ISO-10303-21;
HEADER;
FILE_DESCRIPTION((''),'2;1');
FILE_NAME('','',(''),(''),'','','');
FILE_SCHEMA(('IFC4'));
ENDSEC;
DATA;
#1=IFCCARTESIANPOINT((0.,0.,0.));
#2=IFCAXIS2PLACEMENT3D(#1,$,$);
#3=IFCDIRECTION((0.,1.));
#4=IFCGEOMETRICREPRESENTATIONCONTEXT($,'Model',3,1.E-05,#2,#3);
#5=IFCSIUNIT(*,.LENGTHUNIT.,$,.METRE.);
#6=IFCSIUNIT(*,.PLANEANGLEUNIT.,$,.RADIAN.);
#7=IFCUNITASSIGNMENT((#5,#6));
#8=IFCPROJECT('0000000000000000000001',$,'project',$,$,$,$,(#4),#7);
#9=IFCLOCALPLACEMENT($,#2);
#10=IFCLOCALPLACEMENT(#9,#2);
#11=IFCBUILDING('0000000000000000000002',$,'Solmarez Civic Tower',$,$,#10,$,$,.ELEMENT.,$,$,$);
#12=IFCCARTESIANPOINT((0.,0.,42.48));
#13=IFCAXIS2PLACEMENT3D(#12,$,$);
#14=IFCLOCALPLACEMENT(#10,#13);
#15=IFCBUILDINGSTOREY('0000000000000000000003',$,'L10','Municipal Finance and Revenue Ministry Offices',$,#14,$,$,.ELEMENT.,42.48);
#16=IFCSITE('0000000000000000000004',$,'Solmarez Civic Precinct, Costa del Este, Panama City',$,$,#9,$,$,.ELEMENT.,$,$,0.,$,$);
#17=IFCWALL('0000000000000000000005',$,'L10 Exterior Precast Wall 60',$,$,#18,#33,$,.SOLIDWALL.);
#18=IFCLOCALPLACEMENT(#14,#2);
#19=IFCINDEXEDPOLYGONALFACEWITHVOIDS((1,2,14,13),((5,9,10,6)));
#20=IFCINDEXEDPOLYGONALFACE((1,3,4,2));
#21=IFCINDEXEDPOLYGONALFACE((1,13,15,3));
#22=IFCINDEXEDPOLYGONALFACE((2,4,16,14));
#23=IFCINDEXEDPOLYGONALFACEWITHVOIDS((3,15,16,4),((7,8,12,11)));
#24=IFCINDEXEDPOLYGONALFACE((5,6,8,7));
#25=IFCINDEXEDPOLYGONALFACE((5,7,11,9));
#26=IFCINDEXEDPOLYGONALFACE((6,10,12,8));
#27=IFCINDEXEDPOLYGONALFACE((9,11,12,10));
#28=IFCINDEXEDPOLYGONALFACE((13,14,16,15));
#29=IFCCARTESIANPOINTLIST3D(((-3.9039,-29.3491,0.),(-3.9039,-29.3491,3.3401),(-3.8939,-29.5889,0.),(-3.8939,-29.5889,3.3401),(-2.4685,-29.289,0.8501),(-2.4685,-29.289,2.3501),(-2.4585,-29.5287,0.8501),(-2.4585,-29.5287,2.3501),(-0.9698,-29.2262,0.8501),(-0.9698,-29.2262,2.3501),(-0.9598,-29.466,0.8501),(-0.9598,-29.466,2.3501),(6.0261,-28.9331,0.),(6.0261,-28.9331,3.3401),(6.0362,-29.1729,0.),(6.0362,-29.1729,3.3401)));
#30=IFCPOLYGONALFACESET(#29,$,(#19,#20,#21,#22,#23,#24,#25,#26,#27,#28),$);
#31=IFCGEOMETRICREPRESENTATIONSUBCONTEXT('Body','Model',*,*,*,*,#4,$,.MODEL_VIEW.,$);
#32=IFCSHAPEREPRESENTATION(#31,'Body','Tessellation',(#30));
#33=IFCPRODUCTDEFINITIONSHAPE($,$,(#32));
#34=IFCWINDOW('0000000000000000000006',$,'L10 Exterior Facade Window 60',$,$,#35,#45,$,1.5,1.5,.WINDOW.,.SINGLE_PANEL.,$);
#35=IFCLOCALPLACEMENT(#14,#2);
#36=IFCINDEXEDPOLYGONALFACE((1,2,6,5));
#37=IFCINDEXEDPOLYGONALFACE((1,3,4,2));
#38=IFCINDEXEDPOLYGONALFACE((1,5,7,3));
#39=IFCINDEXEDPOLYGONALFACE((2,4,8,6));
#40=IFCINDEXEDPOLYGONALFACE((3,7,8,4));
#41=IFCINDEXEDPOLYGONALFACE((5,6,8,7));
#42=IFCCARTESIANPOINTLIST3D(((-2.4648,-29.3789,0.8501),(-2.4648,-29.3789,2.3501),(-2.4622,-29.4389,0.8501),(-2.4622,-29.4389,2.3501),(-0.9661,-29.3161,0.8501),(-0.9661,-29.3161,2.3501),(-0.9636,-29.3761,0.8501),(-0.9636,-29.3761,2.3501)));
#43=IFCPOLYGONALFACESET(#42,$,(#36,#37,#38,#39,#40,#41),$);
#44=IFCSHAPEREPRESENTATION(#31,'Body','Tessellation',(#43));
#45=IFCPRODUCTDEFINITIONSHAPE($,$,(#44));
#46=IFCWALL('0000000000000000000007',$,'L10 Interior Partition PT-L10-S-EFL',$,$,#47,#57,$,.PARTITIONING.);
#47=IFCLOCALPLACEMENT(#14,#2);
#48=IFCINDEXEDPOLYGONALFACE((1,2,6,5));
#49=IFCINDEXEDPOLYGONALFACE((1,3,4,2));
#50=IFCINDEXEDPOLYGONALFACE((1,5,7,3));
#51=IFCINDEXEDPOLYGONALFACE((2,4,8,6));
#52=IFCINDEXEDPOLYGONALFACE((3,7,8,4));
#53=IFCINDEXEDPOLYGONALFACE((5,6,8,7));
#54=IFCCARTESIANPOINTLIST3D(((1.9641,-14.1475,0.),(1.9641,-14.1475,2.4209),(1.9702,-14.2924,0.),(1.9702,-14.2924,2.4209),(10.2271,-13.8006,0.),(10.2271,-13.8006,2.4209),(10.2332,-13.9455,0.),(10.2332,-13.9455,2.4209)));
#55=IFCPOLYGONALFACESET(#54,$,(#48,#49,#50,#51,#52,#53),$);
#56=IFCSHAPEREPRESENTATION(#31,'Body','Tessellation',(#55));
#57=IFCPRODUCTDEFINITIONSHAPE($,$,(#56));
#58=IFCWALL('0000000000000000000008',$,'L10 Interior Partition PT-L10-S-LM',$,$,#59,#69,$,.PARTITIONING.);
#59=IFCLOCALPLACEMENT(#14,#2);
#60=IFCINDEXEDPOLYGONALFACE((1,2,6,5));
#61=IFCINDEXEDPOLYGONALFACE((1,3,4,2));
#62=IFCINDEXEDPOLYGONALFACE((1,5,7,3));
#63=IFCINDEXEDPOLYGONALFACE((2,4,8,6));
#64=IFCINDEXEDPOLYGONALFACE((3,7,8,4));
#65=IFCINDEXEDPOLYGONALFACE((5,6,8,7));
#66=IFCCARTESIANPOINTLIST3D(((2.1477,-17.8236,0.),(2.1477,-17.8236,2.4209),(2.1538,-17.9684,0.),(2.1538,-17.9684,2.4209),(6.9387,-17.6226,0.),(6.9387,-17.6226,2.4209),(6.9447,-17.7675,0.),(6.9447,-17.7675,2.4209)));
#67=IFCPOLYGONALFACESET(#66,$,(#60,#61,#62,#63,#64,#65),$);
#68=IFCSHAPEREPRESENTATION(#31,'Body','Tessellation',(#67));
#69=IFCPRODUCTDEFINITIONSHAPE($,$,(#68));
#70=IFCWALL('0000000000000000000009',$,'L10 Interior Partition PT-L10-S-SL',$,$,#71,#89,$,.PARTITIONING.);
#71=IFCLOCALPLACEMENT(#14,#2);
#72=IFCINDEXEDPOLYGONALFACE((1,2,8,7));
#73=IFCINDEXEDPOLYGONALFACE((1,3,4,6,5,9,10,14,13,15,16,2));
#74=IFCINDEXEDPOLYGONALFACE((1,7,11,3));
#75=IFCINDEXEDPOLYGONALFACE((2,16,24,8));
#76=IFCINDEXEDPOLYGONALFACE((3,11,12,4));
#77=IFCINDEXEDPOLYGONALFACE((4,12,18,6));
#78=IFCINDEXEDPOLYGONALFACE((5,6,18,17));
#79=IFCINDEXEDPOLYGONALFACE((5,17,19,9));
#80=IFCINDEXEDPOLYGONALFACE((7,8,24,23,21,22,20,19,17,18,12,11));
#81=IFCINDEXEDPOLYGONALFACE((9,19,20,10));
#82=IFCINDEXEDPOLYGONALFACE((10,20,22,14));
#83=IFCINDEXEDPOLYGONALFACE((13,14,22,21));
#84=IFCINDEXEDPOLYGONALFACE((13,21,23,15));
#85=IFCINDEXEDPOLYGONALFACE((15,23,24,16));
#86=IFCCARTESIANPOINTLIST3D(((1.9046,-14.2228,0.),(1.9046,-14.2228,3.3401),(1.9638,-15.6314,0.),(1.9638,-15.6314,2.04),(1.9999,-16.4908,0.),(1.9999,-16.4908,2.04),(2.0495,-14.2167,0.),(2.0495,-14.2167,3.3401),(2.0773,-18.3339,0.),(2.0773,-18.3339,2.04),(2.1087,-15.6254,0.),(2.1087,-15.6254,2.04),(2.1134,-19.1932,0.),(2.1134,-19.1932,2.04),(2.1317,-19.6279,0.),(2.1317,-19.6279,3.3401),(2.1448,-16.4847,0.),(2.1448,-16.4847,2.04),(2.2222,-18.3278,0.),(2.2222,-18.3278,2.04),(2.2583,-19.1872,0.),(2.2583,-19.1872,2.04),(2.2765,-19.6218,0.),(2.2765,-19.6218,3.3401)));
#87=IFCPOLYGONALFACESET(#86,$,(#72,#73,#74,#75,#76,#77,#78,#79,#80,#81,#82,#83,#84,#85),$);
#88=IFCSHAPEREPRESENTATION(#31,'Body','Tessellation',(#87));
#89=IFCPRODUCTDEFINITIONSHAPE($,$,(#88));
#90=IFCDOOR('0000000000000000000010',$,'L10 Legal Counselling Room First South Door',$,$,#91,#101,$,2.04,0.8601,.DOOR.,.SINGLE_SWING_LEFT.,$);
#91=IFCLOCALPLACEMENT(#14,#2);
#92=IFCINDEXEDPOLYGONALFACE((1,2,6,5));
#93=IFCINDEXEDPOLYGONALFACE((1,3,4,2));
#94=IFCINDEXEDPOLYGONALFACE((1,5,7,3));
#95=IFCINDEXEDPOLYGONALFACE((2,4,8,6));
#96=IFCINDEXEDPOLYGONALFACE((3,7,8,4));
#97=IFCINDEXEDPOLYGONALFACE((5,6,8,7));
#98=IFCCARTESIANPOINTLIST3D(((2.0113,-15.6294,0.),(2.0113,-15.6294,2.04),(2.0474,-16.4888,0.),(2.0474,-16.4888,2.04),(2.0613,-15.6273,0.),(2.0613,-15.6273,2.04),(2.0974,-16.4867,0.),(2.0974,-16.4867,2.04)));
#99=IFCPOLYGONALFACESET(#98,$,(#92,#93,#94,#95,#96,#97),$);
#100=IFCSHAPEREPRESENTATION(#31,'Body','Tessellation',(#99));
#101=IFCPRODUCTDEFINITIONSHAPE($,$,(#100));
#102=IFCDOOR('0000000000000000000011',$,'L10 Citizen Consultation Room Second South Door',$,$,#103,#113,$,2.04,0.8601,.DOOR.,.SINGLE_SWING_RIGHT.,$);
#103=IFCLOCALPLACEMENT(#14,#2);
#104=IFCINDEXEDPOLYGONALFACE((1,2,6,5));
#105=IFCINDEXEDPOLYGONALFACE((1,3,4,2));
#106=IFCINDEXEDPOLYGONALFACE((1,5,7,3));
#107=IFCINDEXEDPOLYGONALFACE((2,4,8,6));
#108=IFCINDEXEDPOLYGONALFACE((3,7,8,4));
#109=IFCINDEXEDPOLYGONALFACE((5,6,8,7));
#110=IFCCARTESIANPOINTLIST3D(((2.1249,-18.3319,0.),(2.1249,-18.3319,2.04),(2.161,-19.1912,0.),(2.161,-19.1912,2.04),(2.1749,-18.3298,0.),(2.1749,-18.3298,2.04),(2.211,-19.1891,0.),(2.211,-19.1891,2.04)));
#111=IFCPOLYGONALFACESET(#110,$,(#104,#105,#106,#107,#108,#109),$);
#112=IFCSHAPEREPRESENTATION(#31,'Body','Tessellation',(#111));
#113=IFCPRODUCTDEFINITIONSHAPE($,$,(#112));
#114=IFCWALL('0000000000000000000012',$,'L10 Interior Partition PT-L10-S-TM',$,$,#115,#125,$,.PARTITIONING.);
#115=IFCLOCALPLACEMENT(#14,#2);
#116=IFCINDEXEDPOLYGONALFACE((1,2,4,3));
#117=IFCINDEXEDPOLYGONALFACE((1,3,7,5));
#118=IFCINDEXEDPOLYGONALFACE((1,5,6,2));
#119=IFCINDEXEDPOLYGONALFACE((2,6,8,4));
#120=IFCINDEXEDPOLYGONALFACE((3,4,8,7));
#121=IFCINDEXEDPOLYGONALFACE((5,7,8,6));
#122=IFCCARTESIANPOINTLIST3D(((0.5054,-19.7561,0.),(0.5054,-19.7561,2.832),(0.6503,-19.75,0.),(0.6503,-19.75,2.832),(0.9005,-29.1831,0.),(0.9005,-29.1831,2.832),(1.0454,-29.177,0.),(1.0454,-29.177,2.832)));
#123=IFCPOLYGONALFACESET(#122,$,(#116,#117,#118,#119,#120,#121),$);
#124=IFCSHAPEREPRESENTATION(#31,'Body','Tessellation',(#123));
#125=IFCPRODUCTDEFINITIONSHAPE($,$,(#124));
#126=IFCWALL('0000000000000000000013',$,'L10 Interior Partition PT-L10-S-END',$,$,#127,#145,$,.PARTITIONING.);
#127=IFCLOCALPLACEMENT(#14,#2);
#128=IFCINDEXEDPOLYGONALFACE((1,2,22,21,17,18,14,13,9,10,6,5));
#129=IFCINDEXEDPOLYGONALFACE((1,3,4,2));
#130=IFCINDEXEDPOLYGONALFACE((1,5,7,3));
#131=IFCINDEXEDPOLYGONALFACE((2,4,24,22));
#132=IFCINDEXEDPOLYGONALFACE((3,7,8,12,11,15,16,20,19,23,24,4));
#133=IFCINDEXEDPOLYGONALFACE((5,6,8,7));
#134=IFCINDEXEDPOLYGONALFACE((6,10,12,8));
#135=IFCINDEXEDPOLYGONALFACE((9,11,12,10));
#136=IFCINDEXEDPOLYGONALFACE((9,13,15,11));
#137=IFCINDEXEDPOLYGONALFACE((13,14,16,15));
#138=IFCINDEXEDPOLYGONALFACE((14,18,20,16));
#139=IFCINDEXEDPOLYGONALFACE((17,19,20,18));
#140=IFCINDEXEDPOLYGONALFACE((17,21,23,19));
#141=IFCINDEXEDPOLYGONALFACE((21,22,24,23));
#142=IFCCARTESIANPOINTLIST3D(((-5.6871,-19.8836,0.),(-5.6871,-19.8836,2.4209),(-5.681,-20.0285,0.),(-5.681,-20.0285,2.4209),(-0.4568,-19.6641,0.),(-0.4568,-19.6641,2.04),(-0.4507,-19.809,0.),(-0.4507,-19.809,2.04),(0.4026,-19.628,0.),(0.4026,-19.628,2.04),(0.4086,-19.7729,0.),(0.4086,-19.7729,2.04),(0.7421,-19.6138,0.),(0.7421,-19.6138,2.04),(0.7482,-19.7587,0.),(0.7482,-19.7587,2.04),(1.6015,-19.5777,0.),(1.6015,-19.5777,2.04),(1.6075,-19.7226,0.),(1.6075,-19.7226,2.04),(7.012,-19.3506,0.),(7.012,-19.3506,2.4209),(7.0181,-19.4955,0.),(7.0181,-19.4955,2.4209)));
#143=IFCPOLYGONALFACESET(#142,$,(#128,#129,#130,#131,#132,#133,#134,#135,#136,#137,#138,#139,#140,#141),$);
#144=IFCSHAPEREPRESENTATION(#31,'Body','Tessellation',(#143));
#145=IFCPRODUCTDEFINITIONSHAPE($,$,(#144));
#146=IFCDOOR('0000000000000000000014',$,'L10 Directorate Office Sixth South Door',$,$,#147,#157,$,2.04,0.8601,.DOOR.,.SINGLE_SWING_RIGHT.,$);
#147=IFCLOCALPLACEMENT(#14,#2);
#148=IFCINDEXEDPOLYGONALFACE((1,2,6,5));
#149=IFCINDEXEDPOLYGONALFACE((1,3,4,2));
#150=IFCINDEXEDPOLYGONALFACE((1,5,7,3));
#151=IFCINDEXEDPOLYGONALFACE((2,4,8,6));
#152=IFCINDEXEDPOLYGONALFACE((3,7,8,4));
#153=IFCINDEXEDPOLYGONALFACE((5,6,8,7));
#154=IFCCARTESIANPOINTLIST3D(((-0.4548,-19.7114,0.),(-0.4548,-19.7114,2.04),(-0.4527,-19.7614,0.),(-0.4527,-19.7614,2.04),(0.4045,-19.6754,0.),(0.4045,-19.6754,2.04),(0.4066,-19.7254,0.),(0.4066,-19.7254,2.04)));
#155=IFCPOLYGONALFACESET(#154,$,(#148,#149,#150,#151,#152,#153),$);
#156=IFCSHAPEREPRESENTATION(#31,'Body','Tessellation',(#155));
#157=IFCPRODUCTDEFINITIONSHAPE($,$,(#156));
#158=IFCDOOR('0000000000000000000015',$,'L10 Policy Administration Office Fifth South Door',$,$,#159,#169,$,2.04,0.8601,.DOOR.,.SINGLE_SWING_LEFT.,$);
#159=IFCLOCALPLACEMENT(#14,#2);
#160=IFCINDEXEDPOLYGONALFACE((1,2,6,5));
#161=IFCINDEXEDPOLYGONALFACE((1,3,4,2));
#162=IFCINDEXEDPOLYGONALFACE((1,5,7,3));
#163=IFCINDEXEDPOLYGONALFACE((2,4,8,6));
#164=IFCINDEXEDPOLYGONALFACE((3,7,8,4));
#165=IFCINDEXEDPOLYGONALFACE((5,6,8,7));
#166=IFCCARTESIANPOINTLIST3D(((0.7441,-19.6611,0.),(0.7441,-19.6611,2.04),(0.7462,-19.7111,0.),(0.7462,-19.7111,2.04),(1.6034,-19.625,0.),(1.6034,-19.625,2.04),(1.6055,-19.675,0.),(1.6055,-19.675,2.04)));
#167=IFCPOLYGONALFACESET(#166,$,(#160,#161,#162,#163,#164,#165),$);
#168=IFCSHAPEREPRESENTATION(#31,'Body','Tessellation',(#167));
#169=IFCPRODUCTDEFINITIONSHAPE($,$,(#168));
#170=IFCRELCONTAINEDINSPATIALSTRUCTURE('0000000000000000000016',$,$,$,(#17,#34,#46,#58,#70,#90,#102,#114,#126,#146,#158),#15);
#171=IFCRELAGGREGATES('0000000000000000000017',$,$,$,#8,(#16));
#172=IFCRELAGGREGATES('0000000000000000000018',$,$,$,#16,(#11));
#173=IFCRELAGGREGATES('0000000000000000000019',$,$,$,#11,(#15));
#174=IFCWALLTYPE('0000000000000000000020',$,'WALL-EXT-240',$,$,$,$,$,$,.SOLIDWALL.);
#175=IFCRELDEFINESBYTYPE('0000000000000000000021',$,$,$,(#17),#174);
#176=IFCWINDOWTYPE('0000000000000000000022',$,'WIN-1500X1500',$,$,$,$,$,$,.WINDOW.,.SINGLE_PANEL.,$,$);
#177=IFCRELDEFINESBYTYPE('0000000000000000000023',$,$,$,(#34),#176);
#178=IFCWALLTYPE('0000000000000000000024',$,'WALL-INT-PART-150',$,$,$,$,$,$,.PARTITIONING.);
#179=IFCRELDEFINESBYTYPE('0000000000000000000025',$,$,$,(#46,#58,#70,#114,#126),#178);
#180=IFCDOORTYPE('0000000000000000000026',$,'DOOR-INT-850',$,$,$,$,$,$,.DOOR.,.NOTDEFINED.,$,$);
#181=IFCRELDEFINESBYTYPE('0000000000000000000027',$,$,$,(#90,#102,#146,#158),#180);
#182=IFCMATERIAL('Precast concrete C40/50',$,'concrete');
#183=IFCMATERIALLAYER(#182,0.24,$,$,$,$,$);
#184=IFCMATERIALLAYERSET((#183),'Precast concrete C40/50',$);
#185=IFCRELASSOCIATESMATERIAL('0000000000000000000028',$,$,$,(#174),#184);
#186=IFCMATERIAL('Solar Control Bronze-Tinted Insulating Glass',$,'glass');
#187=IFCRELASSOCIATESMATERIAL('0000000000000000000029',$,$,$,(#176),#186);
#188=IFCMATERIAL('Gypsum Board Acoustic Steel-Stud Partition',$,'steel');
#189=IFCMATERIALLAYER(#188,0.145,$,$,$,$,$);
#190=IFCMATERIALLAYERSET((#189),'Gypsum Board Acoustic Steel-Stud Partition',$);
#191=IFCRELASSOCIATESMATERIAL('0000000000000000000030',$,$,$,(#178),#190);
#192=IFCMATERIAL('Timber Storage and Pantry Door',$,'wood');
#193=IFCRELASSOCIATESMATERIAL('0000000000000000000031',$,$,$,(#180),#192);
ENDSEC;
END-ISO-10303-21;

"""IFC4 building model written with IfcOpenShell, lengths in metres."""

from ifc_helpers import new_model, si_unit, direction, frame, frame_2d, origin, place, context, subcontext, project, spatial, rectangle, extrude, material, layer, layer_set, type_object, element, fill, save


model = new_model("IFC4")

# Units and contexts
model_context = context("Model", 3, precision=1e-05, world=origin(), true_north=direction((0.0, 1.0)))
body_context = subcontext(model_context, "Body", "Model", "MODEL_VIEW")
ifc_project = project(units=[si_unit("LENGTHUNIT", "METRE"), si_unit("PLANEANGLEUNIT", "RADIAN")], contexts=[model_context])

# Site, building, storey
site_placement = place(None, origin())
site = spatial("IfcSite", under=ifc_project, at=site_placement, Name="Solmarez Civic Precinct, Costa del Este, Panama City", CompositionType="ELEMENT", RefElevation=0.0)
building_placement = place(site_placement, origin())
building = spatial("IfcBuilding", under=site, at=building_placement, Name="Solmarez Civic Tower", CompositionType="ELEMENT")
storey_placement = place(building_placement, frame((0.0, 0.0, 42.48)))
storey = spatial("IfcBuildingStorey", under=building, at=storey_placement, Name="L10", Description="Municipal Finance and Revenue Ministry Offices", CompositionType="ELEMENT", Elevation=42.48)

# Shared definitions
ifc_material_1 = material(Name="Precast concrete C40/50", Category="concrete")
ifc_layer_1 = layer(ifc_material_1, 0.24)
ifc_layer_set_1 = layer_set([ifc_layer_1], Name="Precast concrete C40/50")
wall_type_1 = type_object("IfcWallType", Name="WALL-EXT-240", PredefinedType="SOLIDWALL", material=ifc_layer_set_1)
ifc_material_2 = material(Name="Solar Control Bronze-Tinted Insulating Glass", Category="glass")

# Wall, opening, window
wall_1_placement = place(storey_placement, frame((6.031, -29.053, 0.0), z_axis=(0.0, 0.0, 1.0), x_axis=(-0.999124, -0.041858, 0.0)))
wall_1 = element("IfcWall", 1, at=wall_1_placement, inside=storey, type_object=wall_type_1, Name="L10 Exterior Precast Wall 60", PredefinedType="SOLIDWALL", context=body_context, shape_type="SweptSolid", body=[
    extrude(rectangle(XDim=9.9387, YDim=0.24, at=frame_2d((4.9692, 0.0))), origin(), (0.0, 0.0, 1.0), 3.3401),
])
opening_1_placement = place(wall_1_placement, frame((7.002, 0.0, 0.8501)))
opening_1 = element("IfcOpeningElement", 2, at=opening_1_placement, cuts=wall_1, PredefinedType="OPENING", context=body_context, shape_type="SweptSolid", body=[
    extrude(rectangle(XDim=1.5, YDim=1.5, at=frame_2d((0.75, 0.75))), frame((0.0, 0.1299, 0.0), z_axis=(0.0, -1.0, 0.0), x_axis=(1.0, 0.0, 0.0)), (0.0, 0.0, 1.0), 0.26),
])
window_type_1 = type_object("IfcWindowType", Name="WIN-1500X1500", PartitioningType="SINGLE_PANEL", PredefinedType="WINDOW", material=ifc_material_2)
window_1_placement = place(opening_1_placement, origin())
window_1 = element("IfcWindow", 3, at=window_1_placement, inside=storey, type_object=window_type_1, Name="L10 Exterior Facade Window 60", OverallHeight=1.5, OverallWidth=1.5, PartitioningType="SINGLE_PANEL", PredefinedType="WINDOW", context=body_context, shape_type="SweptSolid", body=[
    extrude(rectangle(XDim=1.5, YDim=1.5, at=frame_2d((0.75, 0.75))), frame((0.0, 0.03, 0.0), z_axis=(0.0, -1.0, 0.0), x_axis=(1.0, 0.0, 0.0)), (0.0, 0.0, 1.0), 0.0601),
])
fill(opening_1, window_1)

# Walls
ifc_material_3 = material(Name="Gypsum Board Acoustic Steel-Stud Partition", Category="steel")
ifc_layer_2 = layer(ifc_material_3, 0.145)
ifc_layer_set_2 = layer_set([ifc_layer_2], Name="Gypsum Board Acoustic Steel-Stud Partition")
wall_type_2 = type_object("IfcWallType", Name="WALL-INT-PART-150", PredefinedType="PARTITIONING", material=ifc_layer_set_2)
wall_2_placement = place(storey_placement, frame((1.967, -14.22, 0.0), z_axis=(0.0, 0.0, 1.0), x_axis=(0.99912, 0.041949, 0.0)))
element("IfcWall", 4, at=wall_2_placement, inside=storey, type_object=wall_type_2, Name="L10 Interior Partition PT-L10-S-EFL", PredefinedType="PARTITIONING", context=body_context, shape_type="SweptSolid", body=[
    extrude(rectangle(XDim=8.2703, YDim=0.145, at=frame_2d((4.1353, 0.0))), origin(), (0.0, 0.0, 1.0), 2.4209),
])
wall_3_placement = place(storey_placement, frame((2.1509, -17.896, 0.0), z_axis=(0.0, 0.0, 1.0), x_axis=(0.999122, 0.041902, 0.0)))
element("IfcWall", 5, at=wall_3_placement, inside=storey, type_object=wall_type_2, Name="L10 Interior Partition PT-L10-S-LM", PredefinedType="PARTITIONING", context=body_context, shape_type="SweptSolid", body=[
    extrude(rectangle(XDim=4.7952, YDim=0.145, at=frame_2d((2.3975, 0.0))), origin(), (0.0, 0.0, 1.0), 2.4209),
])

# Wall, openings, doors
wall_4_placement = place(storey_placement, frame((2.2041, -19.625, 0.0), z_axis=(0.0, 0.0, 1.0), x_axis=(-0.04197, 0.999119, 0.0)))
wall_4 = element("IfcWall", 6, at=wall_4_placement, inside=storey, type_object=wall_type_2, Name="L10 Interior Partition PT-L10-S-SL", PredefinedType="PARTITIONING", context=body_context, shape_type="SweptSolid", body=[
    extrude(rectangle(XDim=5.4099, YDim=0.145, at=frame_2d((2.7051, 0.0))), origin(), (0.0, 0.0, 1.0), 3.3401),
])
opening_2_placement = place(wall_4_placement, frame((3.1399, 0.0, 0.0)))
opening_2 = element("IfcOpeningElement", 7, at=opening_2_placement, cuts=wall_4, PredefinedType="OPENING", context=body_context, shape_type="SweptSolid", body=[
    extrude(rectangle(XDim=0.8601, YDim=2.04, at=frame_2d((0.4302, 1.02))), frame((0.0, 0.0825, 0.0), z_axis=(0.0, -1.0, 0.0), x_axis=(1.0, 0.0, 0.0)), (0.0, 0.0, 1.0), 0.165),
])
opening_3_placement = place(wall_4_placement, frame((0.4351, 0.0, 0.0)))
opening_3 = element("IfcOpeningElement", 8, at=opening_3_placement, cuts=wall_4, PredefinedType="OPENING", context=body_context, shape_type="SweptSolid", body=[
    extrude(rectangle(XDim=0.8601, YDim=2.04, at=frame_2d((0.4302, 1.02))), frame((0.0, 0.0825, 0.0), z_axis=(0.0, -1.0, 0.0), x_axis=(1.0, 0.0, 0.0)), (0.0, 0.0, 1.0), 0.165),
])
ifc_material_4 = material(Name="Timber Storage and Pantry Door", Category="wood")
door_type = type_object("IfcDoorType", Name="DOOR-INT-850", OperationType="NOTDEFINED", PredefinedType="DOOR", material=ifc_material_4)
door_1_placement = place(opening_2_placement, origin())
door_1 = element("IfcDoor", 9, at=door_1_placement, inside=storey, type_object=door_type, Name="L10 Legal Counselling Room First South Door", OperationType="SINGLE_SWING_LEFT", OverallHeight=2.04, OverallWidth=0.8601, PredefinedType="DOOR", context=body_context, shape_type="SweptSolid", body=[
    extrude(rectangle(XDim=0.8601, YDim=2.04, at=frame_2d((0.4302, 1.02))), frame((0.0, 0.0249, 0.0), z_axis=(0.0, -1.0, 0.0), x_axis=(1.0, 0.0, 0.0)), (0.0, 0.0, 1.0), 0.05),
])
fill(opening_2, door_1)
door_2_placement = place(opening_3_placement, origin())
door_2 = element("IfcDoor", 10, at=door_2_placement, inside=storey, type_object=door_type, Name="L10 Citizen Consultation Room Second South Door", OperationType="SINGLE_SWING_RIGHT", OverallHeight=2.04, OverallWidth=0.8601, PredefinedType="DOOR", context=body_context, shape_type="SweptSolid", body=[
    extrude(rectangle(XDim=0.8601, YDim=2.04, at=frame_2d((0.4302, 1.02))), frame((0.0, 0.0249, 0.0), z_axis=(0.0, -1.0, 0.0), x_axis=(1.0, 0.0, 0.0)), (0.0, 0.0, 1.0), 0.05),
])
fill(opening_3, door_2)

# Wall
wall_5_placement = place(storey_placement, frame((0.5779, -19.7529, 0.0), z_axis=(0.0, 0.0, 1.0), x_axis=(0.041866, -0.999123, 0.0)))
element("IfcWall", 11, at=wall_5_placement, inside=storey, type_object=wall_type_2, Name="L10 Interior Partition PT-L10-S-TM", PredefinedType="PARTITIONING", context=body_context, shape_type="SweptSolid", body=[
    extrude(rectangle(XDim=9.4353, YDim=0.145, at=frame_2d((4.7178, 0.0))), origin(), (0.0, 0.0, 1.0), 2.832),
])

# Wall, openings, doors
wall_6_placement = place(storey_placement, frame((7.0149, -19.4231, 0.0), z_axis=(0.0, 0.0, 1.0), x_axis=(-0.99912, -0.041932, 0.0)))
wall_6 = element("IfcWall", 12, at=wall_6_placement, inside=storey, type_object=wall_type_2, Name="L10 Interior Partition PT-L10-S-END", PredefinedType="PARTITIONING", context=body_context, shape_type="SweptSolid", body=[
    extrude(rectangle(XDim=12.7102, YDim=0.145, at=frame_2d((6.355, 0.0))), origin(), (0.0, 0.0, 1.0), 2.4209),
])
opening_4_placement = place(wall_6_placement, frame((6.615, 0.0, 0.0)))
opening_4 = element("IfcOpeningElement", 13, at=opening_4_placement, cuts=wall_6, PredefinedType="OPENING", context=body_context, shape_type="SweptSolid", body=[
    extrude(rectangle(XDim=0.8601, YDim=2.04, at=frame_2d((0.4302, 1.02))), frame((0.0, 0.0825, 0.0), z_axis=(0.0, -1.0, 0.0), x_axis=(1.0, 0.0, 0.0)), (0.0, 0.0, 1.0), 0.165),
])
opening_5_placement = place(wall_6_placement, frame((5.415, 0.0, 0.0)))
opening_5 = element("IfcOpeningElement", 14, at=opening_5_placement, cuts=wall_6, PredefinedType="OPENING", context=body_context, shape_type="SweptSolid", body=[
    extrude(rectangle(XDim=0.8601, YDim=2.04, at=frame_2d((0.4302, 1.02))), frame((0.0, 0.0825, 0.0), z_axis=(0.0, -1.0, 0.0), x_axis=(1.0, 0.0, 0.0)), (0.0, 0.0, 1.0), 0.165),
])
door_3_placement = place(opening_4_placement, origin())
door_3 = element("IfcDoor", 15, at=door_3_placement, inside=storey, type_object=door_type, Name="L10 Directorate Office Sixth South Door", OperationType="SINGLE_SWING_RIGHT", OverallHeight=2.04, OverallWidth=0.8601, PredefinedType="DOOR", context=body_context, shape_type="SweptSolid", body=[
    extrude(rectangle(XDim=0.8601, YDim=2.04, at=frame_2d((0.4302, 1.02))), frame((0.0, 0.0249, 0.0), z_axis=(0.0, -1.0, 0.0), x_axis=(1.0, 0.0, 0.0)), (0.0, 0.0, 1.0), 0.05),
])
fill(opening_4, door_3)
door_4_placement = place(opening_5_placement, origin())
door_4 = element("IfcDoor", 16, at=door_4_placement, inside=storey, type_object=door_type, Name="L10 Policy Administration Office Fifth South Door", OperationType="SINGLE_SWING_LEFT", OverallHeight=2.04, OverallWidth=0.8601, PredefinedType="DOOR", context=body_context, shape_type="SweptSolid", body=[
    extrude(rectangle(XDim=0.8601, YDim=2.04, at=frame_2d((0.4302, 1.02))), frame((0.0, 0.0249, 0.0), z_axis=(0.0, -1.0, 0.0), x_axis=(1.0, 0.0, 0.0)), (0.0, 0.0, 1.0), 0.05),
])
fill(opening_5, door_4)

save(model, "model.ifc")
